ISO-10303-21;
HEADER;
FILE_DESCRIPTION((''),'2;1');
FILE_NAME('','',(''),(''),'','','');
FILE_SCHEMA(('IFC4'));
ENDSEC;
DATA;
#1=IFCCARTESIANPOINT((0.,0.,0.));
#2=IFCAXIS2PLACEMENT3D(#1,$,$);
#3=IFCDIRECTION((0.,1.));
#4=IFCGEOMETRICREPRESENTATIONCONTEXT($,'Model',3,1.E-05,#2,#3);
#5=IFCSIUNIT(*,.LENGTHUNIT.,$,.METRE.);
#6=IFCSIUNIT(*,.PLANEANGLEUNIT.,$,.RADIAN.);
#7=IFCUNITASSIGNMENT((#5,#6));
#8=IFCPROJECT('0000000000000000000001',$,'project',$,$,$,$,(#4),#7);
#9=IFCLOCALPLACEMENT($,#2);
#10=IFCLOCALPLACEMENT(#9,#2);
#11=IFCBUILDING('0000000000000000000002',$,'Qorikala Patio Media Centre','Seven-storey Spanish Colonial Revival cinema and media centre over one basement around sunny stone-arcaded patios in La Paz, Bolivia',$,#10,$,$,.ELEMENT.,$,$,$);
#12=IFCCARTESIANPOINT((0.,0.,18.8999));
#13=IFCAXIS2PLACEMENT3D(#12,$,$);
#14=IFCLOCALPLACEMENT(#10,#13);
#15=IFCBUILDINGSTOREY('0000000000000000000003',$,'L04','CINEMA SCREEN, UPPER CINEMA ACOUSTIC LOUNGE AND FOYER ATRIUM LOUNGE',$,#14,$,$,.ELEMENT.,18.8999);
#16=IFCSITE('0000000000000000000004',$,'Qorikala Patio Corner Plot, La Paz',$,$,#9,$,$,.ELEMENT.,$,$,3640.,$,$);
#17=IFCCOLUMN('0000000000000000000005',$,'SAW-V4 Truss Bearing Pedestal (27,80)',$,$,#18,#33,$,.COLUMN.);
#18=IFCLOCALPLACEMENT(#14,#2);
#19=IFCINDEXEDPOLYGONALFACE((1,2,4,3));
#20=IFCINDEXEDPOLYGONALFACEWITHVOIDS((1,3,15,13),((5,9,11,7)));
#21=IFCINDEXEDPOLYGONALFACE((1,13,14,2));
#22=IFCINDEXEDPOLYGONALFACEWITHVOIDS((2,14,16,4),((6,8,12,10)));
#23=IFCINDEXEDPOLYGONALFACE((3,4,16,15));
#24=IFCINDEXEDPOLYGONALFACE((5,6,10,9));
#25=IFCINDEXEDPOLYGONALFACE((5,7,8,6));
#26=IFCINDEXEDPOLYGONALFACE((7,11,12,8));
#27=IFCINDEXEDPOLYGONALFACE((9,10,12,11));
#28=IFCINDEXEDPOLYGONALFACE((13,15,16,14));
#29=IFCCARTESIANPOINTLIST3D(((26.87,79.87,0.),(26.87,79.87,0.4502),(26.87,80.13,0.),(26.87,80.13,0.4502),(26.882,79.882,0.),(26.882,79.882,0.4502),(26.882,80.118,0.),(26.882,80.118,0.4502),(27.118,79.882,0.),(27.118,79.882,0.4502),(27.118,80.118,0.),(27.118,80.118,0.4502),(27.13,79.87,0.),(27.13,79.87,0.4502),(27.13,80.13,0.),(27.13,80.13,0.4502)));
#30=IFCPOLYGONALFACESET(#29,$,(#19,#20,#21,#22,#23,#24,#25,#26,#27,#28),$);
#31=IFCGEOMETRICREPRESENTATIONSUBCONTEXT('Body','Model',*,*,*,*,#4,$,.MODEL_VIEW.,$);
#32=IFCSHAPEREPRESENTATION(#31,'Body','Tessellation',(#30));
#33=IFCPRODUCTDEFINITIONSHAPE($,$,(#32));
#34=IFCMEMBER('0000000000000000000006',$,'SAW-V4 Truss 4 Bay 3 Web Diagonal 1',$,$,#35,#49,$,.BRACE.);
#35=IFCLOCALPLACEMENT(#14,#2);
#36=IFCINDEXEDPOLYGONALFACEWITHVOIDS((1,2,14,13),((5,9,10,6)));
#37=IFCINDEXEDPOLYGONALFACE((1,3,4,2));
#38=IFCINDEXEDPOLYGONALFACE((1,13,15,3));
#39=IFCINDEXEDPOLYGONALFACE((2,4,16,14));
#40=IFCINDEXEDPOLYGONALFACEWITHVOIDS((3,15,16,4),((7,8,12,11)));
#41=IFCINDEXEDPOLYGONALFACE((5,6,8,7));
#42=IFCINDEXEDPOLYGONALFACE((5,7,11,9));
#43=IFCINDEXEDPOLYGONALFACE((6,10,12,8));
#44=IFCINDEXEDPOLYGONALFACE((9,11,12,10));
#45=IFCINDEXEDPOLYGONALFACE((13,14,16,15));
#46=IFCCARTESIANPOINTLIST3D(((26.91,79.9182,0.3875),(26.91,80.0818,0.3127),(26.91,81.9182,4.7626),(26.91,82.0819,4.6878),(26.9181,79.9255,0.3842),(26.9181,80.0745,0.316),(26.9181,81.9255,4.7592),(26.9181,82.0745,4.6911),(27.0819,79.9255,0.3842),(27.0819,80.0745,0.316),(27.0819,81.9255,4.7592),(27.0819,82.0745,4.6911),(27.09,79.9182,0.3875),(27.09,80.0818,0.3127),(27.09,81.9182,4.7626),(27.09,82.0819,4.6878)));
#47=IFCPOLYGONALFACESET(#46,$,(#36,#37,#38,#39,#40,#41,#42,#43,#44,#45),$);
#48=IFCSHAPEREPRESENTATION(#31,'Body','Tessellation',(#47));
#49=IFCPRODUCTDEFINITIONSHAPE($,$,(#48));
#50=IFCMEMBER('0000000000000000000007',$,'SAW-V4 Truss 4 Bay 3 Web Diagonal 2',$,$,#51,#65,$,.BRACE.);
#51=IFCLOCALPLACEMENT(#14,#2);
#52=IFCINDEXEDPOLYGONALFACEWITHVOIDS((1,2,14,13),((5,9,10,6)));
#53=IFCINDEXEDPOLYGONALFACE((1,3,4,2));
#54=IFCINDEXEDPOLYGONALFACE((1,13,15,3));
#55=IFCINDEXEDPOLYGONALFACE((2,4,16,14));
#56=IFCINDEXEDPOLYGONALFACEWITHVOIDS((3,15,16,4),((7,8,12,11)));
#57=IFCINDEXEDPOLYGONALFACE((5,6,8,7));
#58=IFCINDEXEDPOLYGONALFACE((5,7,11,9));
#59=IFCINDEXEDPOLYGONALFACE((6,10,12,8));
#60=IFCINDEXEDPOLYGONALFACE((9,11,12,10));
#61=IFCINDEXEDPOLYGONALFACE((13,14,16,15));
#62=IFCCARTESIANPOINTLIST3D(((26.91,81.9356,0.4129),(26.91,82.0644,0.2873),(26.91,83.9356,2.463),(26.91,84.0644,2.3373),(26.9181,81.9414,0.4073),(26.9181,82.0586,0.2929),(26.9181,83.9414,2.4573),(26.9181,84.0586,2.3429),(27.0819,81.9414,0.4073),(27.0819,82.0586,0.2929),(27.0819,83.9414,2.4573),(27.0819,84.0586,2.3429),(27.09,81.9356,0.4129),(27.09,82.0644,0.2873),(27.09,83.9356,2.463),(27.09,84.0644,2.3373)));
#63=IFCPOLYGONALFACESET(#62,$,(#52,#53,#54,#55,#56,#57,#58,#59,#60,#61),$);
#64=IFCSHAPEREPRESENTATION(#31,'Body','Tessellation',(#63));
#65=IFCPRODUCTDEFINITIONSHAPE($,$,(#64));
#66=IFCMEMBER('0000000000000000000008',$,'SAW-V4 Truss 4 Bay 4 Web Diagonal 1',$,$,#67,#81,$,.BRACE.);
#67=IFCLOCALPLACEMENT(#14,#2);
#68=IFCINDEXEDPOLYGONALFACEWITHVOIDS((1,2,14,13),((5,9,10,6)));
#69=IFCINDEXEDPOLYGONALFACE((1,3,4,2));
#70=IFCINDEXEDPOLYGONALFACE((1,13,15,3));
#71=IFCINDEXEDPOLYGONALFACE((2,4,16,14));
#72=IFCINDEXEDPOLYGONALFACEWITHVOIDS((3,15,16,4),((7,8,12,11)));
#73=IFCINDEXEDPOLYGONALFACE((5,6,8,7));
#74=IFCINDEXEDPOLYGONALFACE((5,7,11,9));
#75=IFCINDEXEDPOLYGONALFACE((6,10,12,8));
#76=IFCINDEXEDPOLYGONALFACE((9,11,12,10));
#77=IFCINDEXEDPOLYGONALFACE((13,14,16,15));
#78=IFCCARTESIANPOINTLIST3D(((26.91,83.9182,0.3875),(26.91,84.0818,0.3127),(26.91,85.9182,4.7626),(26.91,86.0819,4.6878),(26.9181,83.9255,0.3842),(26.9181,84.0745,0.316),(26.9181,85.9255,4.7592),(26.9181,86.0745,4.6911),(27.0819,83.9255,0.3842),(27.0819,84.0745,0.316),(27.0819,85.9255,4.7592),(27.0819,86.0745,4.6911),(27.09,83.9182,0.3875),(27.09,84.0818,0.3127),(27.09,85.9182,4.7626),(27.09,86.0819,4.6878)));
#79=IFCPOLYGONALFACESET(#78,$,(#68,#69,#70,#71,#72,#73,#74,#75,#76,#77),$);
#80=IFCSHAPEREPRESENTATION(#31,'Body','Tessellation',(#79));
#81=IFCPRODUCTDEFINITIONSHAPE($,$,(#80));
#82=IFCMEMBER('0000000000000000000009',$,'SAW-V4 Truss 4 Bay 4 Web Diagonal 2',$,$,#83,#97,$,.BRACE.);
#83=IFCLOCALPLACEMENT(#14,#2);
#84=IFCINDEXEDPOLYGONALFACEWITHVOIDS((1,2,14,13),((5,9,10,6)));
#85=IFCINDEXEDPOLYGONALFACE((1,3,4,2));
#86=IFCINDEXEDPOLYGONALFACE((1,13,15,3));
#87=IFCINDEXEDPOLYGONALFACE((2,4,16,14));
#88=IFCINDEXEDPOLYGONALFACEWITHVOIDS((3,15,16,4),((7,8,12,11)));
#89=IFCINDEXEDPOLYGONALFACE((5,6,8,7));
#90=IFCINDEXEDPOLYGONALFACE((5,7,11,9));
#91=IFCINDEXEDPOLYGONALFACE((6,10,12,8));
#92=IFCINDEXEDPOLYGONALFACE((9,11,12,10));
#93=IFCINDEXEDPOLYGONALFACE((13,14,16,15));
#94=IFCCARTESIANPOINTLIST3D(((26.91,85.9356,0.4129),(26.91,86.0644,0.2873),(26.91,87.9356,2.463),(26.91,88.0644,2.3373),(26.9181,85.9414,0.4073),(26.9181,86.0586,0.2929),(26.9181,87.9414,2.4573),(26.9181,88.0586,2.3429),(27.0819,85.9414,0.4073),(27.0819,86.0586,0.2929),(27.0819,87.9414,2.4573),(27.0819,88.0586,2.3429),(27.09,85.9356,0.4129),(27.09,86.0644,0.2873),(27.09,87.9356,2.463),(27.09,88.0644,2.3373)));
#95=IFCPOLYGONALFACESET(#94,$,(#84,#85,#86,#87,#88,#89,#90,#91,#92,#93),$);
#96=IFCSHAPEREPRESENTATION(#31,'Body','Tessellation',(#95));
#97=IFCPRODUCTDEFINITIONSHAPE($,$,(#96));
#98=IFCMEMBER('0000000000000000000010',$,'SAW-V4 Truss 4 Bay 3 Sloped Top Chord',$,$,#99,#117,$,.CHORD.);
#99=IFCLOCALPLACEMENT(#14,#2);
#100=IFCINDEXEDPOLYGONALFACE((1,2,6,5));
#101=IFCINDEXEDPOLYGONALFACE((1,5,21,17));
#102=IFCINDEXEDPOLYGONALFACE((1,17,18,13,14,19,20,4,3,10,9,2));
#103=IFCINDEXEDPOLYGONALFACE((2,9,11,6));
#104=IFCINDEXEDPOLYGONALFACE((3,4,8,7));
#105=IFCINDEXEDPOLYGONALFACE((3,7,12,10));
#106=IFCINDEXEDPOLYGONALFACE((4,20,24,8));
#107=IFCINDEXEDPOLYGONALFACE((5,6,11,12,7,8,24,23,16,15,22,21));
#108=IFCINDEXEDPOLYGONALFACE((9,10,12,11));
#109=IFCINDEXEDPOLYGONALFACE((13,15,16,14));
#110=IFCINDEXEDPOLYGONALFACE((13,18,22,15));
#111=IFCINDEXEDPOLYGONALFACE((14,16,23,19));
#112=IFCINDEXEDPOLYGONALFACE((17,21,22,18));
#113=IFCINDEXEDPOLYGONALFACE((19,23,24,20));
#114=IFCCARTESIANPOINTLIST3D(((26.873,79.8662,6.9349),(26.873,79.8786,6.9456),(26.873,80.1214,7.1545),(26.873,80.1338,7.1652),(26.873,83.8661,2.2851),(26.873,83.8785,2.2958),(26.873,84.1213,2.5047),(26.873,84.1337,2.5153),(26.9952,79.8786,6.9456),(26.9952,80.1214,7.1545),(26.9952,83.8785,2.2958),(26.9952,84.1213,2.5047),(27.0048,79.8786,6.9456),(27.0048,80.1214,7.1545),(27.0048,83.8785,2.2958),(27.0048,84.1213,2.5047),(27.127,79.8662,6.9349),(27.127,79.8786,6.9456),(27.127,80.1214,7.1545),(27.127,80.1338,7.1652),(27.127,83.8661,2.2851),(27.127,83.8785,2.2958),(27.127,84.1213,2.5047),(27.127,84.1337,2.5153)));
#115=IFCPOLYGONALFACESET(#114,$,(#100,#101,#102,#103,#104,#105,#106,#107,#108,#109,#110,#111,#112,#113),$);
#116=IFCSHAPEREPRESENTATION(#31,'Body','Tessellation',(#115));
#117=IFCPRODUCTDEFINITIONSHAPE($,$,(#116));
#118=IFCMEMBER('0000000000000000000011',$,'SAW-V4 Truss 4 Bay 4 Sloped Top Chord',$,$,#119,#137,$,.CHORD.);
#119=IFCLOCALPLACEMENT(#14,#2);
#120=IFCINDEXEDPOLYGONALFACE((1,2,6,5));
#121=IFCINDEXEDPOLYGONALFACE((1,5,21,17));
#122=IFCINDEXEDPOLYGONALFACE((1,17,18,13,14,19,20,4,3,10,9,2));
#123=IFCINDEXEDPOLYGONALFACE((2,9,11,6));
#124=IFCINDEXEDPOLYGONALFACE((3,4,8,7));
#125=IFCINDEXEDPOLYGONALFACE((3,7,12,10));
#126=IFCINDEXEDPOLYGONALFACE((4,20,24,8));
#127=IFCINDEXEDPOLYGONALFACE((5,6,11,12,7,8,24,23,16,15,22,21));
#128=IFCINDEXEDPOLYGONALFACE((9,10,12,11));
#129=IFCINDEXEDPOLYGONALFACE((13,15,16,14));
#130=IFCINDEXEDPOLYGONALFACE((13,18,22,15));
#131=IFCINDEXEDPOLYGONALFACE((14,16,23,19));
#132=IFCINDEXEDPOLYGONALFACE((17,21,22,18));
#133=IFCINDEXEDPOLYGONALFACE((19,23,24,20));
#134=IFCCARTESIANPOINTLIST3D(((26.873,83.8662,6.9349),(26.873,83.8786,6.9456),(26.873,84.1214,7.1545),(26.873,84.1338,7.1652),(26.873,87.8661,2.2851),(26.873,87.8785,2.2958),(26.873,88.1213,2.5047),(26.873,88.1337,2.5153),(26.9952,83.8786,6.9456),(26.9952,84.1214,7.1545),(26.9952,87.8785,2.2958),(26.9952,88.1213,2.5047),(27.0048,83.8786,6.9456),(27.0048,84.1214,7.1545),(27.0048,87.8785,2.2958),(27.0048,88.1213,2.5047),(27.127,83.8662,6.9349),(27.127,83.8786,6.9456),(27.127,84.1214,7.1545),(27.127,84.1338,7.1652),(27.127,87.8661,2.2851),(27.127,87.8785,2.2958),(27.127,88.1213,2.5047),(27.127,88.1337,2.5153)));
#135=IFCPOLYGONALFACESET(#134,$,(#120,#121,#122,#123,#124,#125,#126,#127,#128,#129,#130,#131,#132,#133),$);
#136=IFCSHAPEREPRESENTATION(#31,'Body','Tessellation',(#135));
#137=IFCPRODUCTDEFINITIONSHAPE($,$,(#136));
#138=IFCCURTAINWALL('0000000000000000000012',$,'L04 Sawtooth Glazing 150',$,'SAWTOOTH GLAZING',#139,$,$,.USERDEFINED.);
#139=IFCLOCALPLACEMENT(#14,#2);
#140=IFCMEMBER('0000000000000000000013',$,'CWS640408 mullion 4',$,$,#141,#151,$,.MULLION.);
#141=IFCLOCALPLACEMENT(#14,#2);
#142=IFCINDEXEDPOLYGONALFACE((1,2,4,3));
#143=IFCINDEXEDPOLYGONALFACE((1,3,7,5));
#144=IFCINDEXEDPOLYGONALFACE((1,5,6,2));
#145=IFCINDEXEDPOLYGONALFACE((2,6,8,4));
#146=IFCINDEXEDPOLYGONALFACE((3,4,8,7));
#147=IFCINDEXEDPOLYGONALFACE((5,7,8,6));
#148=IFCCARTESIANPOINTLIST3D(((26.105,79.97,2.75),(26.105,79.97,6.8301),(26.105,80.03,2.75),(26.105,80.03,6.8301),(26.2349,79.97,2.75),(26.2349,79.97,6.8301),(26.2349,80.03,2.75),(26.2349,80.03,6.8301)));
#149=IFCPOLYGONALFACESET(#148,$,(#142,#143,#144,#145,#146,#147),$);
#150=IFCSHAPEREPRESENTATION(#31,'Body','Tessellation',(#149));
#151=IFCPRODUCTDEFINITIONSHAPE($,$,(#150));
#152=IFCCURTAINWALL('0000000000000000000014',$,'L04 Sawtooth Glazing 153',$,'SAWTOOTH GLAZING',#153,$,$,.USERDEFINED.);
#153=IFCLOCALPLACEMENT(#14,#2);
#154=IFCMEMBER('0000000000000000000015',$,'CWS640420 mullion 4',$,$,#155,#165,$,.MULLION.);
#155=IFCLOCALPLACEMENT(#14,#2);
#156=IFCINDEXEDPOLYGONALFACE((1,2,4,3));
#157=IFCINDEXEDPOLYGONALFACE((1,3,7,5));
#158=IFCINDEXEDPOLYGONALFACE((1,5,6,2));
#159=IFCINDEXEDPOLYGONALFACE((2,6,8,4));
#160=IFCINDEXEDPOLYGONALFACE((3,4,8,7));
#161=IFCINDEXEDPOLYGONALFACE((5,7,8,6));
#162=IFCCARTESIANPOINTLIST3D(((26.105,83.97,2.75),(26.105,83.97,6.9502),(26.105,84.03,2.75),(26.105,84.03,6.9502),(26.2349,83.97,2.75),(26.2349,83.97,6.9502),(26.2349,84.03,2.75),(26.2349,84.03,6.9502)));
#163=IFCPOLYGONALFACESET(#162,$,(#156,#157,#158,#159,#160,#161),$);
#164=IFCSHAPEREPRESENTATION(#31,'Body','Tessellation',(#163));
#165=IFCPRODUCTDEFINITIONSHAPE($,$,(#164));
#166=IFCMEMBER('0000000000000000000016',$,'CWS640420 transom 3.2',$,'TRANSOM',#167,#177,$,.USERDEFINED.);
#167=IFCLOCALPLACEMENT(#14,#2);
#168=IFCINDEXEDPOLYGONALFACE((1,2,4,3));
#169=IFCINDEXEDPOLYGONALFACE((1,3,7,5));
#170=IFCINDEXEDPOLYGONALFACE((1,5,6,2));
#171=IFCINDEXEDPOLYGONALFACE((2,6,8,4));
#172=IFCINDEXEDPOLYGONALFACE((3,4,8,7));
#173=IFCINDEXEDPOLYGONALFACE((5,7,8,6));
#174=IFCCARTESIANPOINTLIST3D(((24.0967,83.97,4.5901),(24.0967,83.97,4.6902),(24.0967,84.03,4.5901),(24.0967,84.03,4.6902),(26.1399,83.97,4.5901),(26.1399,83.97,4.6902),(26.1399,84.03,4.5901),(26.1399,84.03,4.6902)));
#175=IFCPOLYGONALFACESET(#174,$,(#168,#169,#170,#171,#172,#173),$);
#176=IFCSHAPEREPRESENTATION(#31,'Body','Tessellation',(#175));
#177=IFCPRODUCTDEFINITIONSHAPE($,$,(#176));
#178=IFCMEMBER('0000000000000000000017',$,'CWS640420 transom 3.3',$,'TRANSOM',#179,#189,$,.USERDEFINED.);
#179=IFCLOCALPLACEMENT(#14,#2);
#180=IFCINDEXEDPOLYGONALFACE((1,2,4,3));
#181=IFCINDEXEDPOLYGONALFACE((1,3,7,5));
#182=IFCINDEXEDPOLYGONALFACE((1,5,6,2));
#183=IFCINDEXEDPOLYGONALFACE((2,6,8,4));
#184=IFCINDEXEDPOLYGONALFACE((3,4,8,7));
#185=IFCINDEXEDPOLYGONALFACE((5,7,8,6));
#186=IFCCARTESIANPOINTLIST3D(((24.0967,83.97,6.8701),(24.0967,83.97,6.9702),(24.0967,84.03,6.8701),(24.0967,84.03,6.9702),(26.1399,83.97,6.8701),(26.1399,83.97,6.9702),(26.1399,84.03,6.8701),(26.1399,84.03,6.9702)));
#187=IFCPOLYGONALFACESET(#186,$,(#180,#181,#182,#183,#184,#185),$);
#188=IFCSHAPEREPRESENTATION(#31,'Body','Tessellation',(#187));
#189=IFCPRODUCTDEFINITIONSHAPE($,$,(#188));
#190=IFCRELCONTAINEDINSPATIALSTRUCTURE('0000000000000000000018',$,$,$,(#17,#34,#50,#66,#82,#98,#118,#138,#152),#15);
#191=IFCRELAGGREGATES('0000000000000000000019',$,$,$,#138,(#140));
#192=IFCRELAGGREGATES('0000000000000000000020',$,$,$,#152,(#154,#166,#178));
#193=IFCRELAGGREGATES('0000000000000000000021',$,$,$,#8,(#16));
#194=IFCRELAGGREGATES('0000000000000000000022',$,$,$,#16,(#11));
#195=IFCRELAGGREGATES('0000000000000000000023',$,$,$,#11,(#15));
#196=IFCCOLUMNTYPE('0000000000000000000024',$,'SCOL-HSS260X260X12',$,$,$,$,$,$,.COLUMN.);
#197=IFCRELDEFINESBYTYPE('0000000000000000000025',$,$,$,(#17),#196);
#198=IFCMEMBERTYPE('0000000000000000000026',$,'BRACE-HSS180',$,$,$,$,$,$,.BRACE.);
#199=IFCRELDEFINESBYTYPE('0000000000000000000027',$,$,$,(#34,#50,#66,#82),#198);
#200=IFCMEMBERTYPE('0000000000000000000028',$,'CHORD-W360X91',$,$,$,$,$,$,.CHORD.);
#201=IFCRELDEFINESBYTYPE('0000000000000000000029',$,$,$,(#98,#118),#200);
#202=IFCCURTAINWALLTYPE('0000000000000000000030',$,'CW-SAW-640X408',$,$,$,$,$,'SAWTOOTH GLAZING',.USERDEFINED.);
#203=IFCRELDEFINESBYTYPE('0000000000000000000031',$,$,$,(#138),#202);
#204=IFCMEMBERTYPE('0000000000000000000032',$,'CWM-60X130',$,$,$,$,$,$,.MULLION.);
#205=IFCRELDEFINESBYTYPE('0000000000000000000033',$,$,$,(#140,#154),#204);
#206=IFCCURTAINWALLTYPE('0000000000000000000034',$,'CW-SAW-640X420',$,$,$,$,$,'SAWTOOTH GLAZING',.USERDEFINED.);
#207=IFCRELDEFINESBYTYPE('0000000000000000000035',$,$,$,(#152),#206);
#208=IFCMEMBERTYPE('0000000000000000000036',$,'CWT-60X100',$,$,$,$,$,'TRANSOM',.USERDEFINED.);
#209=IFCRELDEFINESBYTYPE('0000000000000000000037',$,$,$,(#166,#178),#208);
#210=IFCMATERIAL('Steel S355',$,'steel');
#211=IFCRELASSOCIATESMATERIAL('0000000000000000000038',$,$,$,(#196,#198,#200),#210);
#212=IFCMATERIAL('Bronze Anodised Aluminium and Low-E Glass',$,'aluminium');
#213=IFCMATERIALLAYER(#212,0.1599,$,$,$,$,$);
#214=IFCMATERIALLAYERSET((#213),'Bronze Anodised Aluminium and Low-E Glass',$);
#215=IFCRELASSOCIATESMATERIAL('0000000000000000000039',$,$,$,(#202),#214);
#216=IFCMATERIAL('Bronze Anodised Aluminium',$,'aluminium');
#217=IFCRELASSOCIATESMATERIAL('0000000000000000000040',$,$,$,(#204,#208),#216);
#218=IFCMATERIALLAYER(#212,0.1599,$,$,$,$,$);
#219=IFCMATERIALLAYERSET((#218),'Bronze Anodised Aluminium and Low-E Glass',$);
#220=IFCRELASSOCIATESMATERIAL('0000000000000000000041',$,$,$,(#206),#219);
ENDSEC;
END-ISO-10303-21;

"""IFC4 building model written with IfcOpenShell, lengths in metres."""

from ifc_helpers import new_model, si_unit, direction, frame, origin, origin_2d, place, context, subcontext, project, spatial, rectangle, hollow_rectangle, i_section, extrude, material, layer, layer_set, material_profile, profile_set, type_object, element, aggregate, save


model = new_model("IFC4")

# Units and contexts
model_context = context("Model", 3, precision=1e-05, world=origin(), true_north=direction((0.0, 1.0)))
body_context = subcontext(model_context, "Body", "Model", "MODEL_VIEW")
ifc_project = project(units=[si_unit("LENGTHUNIT", "METRE"), si_unit("PLANEANGLEUNIT", "RADIAN")], contexts=[model_context])

# Site, building, storey
site_placement = place(None, origin())
site = spatial("IfcSite", under=ifc_project, at=site_placement, Name="Qorikala Patio Corner Plot, La Paz", CompositionType="ELEMENT", RefElevation=3640.0)
building_placement = place(site_placement, origin())
building = spatial("IfcBuilding", under=site, at=building_placement, Name="Qorikala Patio Media Centre", Description="Seven-storey Spanish Colonial Revival cinema and media centre over one basement around sunny stone-arcaded patios in La Paz, Bolivia", CompositionType="ELEMENT")
storey_placement = place(building_placement, frame((0.0, 0.0, 18.8999)))
storey = spatial("IfcBuildingStorey", under=building, at=storey_placement, Name="L04", Description="CINEMA SCREEN, UPPER CINEMA ACOUSTIC LOUNGE AND FOYER ATRIUM LOUNGE", CompositionType="ELEMENT", Elevation=18.8999)

# Column
ifc_material_1 = material(Name="Steel S355", Category="steel")
ifc_material_profile_1 = material_profile(ifc_material_1, hollow_rectangle(XDim=0.26, YDim=0.26, WallThickness=0.012, at=origin_2d()), Name="HSS260X260X12")
ifc_profile_set_1 = profile_set([ifc_material_profile_1], Name="Steel S355")
column_type = type_object("IfcColumnType", Name="SCOL-HSS260X260X12", PredefinedType="COLUMN", material=ifc_profile_set_1)
column_placement = place(storey_placement, frame((27.0, 80.0, 0.0), z_axis=(0.0, 0.0, 1.0), x_axis=(1.0, 0.0, 0.0)))
element("IfcColumn", 1, at=column_placement, inside=storey, type_object=column_type, Name="SAW-V4 Truss Bearing Pedestal (27,80)", PredefinedType="COLUMN", context=body_context, shape_type="SweptSolid", body=[
    extrude(hollow_rectangle(XDim=0.26, YDim=0.26, WallThickness=0.012, at=origin_2d()), origin(), (0.0, 0.0, 1.0), 0.4502),
])

# Members
ifc_material_profile_2 = material_profile(ifc_material_1, hollow_rectangle(XDim=0.1799, YDim=0.1799, WallThickness=0.0081, at=origin_2d()), Name="HSS180X180X8")
ifc_profile_set_2 = profile_set([ifc_material_profile_2], Name="Steel S355")
member_type_1 = type_object("IfcMemberType", Name="BRACE-HSS180", PredefinedType="BRACE", material=ifc_profile_set_2)
member_1_placement = place(storey_placement, frame((27.0, 80.0, 0.3501), z_axis=(0.0, 0.41576, 0.909474), x_axis=(-1.0, 0.0, 0.0)))
element("IfcMember", 2, at=member_1_placement, inside=storey, type_object=member_type_1, Name="SAW-V4 Truss 4 Bay 3 Web Diagonal 1", PredefinedType="BRACE", context=body_context, shape_type="SweptSolid", body=[
    extrude(hollow_rectangle(XDim=0.1799, YDim=0.1799, WallThickness=0.0081, at=origin_2d()), origin(), (0.0, 0.0, 1.0), 4.8105),
])
member_2_placement = place(storey_placement, frame((27.0, 82.0, 0.3501), z_axis=(0.0, 0.698315, 0.71579), x_axis=(-1.0, 0.0, 0.0)))
element("IfcMember", 3, at=member_2_placement, inside=storey, type_object=member_type_1, Name="SAW-V4 Truss 4 Bay 3 Web Diagonal 2", PredefinedType="BRACE", context=body_context, shape_type="SweptSolid", body=[
    extrude(hollow_rectangle(XDim=0.1799, YDim=0.1799, WallThickness=0.0081, at=origin_2d()), origin(), (0.0, 0.0, 1.0), 2.864),
])
member_3_placement = place(storey_placement, frame((27.0, 84.0, 0.3501), z_axis=(0.0, 0.41576, 0.909474), x_axis=(-1.0, 0.0, 0.0)))
element("IfcMember", 4, at=member_3_placement, inside=storey, type_object=member_type_1, Name="SAW-V4 Truss 4 Bay 4 Web Diagonal 1", PredefinedType="BRACE", context=body_context, shape_type="SweptSolid", body=[
    extrude(hollow_rectangle(XDim=0.1799, YDim=0.1799, WallThickness=0.0081, at=origin_2d()), origin(), (0.0, 0.0, 1.0), 4.8105),
])
member_4_placement = place(storey_placement, frame((27.0, 86.0, 0.3501), z_axis=(0.0, 0.698315, 0.71579), x_axis=(-1.0, 0.0, 0.0)))
element("IfcMember", 5, at=member_4_placement, inside=storey, type_object=member_type_1, Name="SAW-V4 Truss 4 Bay 4 Web Diagonal 2", PredefinedType="BRACE", context=body_context, shape_type="SweptSolid", body=[
    extrude(hollow_rectangle(XDim=0.1799, YDim=0.1799, WallThickness=0.0081, at=origin_2d()), origin(), (0.0, 0.0, 1.0), 2.864),
])
ifc_material_profile_3 = material_profile(ifc_material_1, i_section(OverallWidth=0.2539, OverallDepth=0.353, WebThickness=0.0095, FlangeThickness=0.0164, at=origin_2d()), Name="W360X91")
ifc_profile_set_3 = profile_set([ifc_material_profile_3], Name="Steel S355")
member_type_2 = type_object("IfcMemberType", Name="CHORD-W360X91", PredefinedType="CHORD", material=ifc_profile_set_3)
for number, where, z_axis, x_axis, name in (
    (6, (27.0, 80.0, 7.05), (0.0, 0.652141, -0.758098), (-1.0, 0.0, 0.0), "SAW-V4 Truss 4 Bay 3 Sloped Top Chord"),
    (7, (27.0, 84.0, 7.05), (0.0, 0.652141, -0.758098), (-1.0, 0.0, 0.0), "SAW-V4 Truss 4 Bay 4 Sloped Top Chord"),
):
    element("IfcMember", number, at=place(storey_placement, frame(where, z_axis=z_axis, x_axis=x_axis)), inside=storey, type_object=member_type_2, Name=name, PredefinedType="CHORD", context=body_context, shape_type="SweptSolid", body=[
        extrude(i_section(OverallWidth=0.2539, OverallDepth=0.353, WebThickness=0.0095, FlangeThickness=0.0164, at=origin_2d()), origin(), (0.0, 0.0, 1.0), 6.1335),
    ])

# Curtain wall, member
ifc_material_2 = material(Name="Bronze Anodised Aluminium and Low-E Glass", Category="aluminium")
ifc_layer_1 = layer(ifc_material_2, 0.1599)
ifc_layer_set_1 = layer_set([ifc_layer_1], Name="Bronze Anodised Aluminium and Low-E Glass")
curtain_wall_type_1 = type_object("IfcCurtainWallType", Name="CW-SAW-640X408", ElementType="SAWTOOTH GLAZING", PredefinedType="USERDEFINED", material=ifc_layer_set_1)
curtain_wall_1_placement = place(storey_placement, origin())
curtain_wall_1 = element("IfcCurtainWall", 8, at=curtain_wall_1_placement, inside=storey, type_object=curtain_wall_type_1, Name="L04 Sawtooth Glazing 150", ObjectType="SAWTOOTH GLAZING", PredefinedType="USERDEFINED")
ifc_material_3 = material(Name="Bronze Anodised Aluminium", Category="aluminium")
ifc_material_profile_4 = material_profile(ifc_material_3, rectangle(XDim=0.0601, YDim=0.1299, at=origin_2d()), Name="ALU MULLION 60x130")
ifc_profile_set_4 = profile_set([ifc_material_profile_4], Name="Bronze Anodised Aluminium")
member_type_3 = type_object("IfcMemberType", Name="CWM-60X130", PredefinedType="MULLION", material=ifc_profile_set_4)
member_5_placement = place(storey_placement, frame((26.1699, 80.0, 2.75), z_axis=(0.0, 0.0, 1.0), x_axis=(0.0, 1.0, 0.0)))
member_5 = element("IfcMember", 9, at=member_5_placement, type_object=member_type_3, Name="CWS640408 mullion 4", PredefinedType="MULLION", context=body_context, shape_type="SweptSolid", body=[
    extrude(rectangle(XDim=0.0601, YDim=0.1299, at=origin_2d()), origin(), (0.0, 0.0, 1.0), 4.0801),
])

# Curtain wall, members
ifc_layer_2 = layer(ifc_material_2, 0.1599)
ifc_layer_set_2 = layer_set([ifc_layer_2], Name="Bronze Anodised Aluminium and Low-E Glass")
curtain_wall_type_2 = type_object("IfcCurtainWallType", Name="CW-SAW-640X420", ElementType="SAWTOOTH GLAZING", PredefinedType="USERDEFINED", material=ifc_layer_set_2)
curtain_wall_2_placement = place(storey_placement, origin())
curtain_wall_2 = element("IfcCurtainWall", 10, at=curtain_wall_2_placement, inside=storey, type_object=curtain_wall_type_2, Name="L04 Sawtooth Glazing 153", ObjectType="SAWTOOTH GLAZING", PredefinedType="USERDEFINED")
member_6_placement = place(storey_placement, frame((26.1699, 84.0, 2.75), z_axis=(0.0, 0.0, 1.0), x_axis=(0.0, 1.0, 0.0)))
member_6 = element("IfcMember", 11, at=member_6_placement, type_object=member_type_3, Name="CWS640420 mullion 4", PredefinedType="MULLION", context=body_context, shape_type="SweptSolid", body=[
    extrude(rectangle(XDim=0.0601, YDim=0.1299, at=origin_2d()), origin(), (0.0, 0.0, 1.0), 4.2002),
])
ifc_material_profile_5 = material_profile(ifc_material_3, rectangle(XDim=0.0601, YDim=0.1001, at=origin_2d()), Name="ALU TRANSOM 60x100")
ifc_profile_set_5 = profile_set([ifc_material_profile_5], Name="Bronze Anodised Aluminium")
member_type_4 = type_object("IfcMemberType", Name="CWT-60X100", ElementType="TRANSOM", PredefinedType="USERDEFINED", material=ifc_profile_set_5)
member_7_placement = place(storey_placement, frame((24.0967, 84.0, 4.6401), z_axis=(1.0, 0.0, 0.0), x_axis=(0.0, 1.0, 0.0)))
member_7 = element("IfcMember", 12, at=member_7_placement, type_object=member_type_4, Name="CWS640420 transom 3.2", ObjectType="TRANSOM", PredefinedType="USERDEFINED", context=body_context, shape_type="SweptSolid", body=[
    extrude(rectangle(XDim=0.0601, YDim=0.1001, at=origin_2d()), origin(), (0.0, 0.0, 1.0), 2.0432),
])
member_8_placement = place(storey_placement, frame((24.0967, 84.0, 6.9202), z_axis=(1.0, 0.0, 0.0), x_axis=(0.0, 1.0, 0.0)))
member_8 = element("IfcMember", 13, at=member_8_placement, type_object=member_type_4, Name="CWS640420 transom 3.3", ObjectType="TRANSOM", PredefinedType="USERDEFINED", context=body_context, shape_type="SweptSolid", body=[
    extrude(rectangle(XDim=0.0601, YDim=0.1001, at=origin_2d()), origin(), (0.0, 0.0, 1.0), 2.0432),
])

aggregate(curtain_wall_1, [member_5])
aggregate(curtain_wall_2, [member_6, member_7, member_8])

save(model, "model.ifc")
